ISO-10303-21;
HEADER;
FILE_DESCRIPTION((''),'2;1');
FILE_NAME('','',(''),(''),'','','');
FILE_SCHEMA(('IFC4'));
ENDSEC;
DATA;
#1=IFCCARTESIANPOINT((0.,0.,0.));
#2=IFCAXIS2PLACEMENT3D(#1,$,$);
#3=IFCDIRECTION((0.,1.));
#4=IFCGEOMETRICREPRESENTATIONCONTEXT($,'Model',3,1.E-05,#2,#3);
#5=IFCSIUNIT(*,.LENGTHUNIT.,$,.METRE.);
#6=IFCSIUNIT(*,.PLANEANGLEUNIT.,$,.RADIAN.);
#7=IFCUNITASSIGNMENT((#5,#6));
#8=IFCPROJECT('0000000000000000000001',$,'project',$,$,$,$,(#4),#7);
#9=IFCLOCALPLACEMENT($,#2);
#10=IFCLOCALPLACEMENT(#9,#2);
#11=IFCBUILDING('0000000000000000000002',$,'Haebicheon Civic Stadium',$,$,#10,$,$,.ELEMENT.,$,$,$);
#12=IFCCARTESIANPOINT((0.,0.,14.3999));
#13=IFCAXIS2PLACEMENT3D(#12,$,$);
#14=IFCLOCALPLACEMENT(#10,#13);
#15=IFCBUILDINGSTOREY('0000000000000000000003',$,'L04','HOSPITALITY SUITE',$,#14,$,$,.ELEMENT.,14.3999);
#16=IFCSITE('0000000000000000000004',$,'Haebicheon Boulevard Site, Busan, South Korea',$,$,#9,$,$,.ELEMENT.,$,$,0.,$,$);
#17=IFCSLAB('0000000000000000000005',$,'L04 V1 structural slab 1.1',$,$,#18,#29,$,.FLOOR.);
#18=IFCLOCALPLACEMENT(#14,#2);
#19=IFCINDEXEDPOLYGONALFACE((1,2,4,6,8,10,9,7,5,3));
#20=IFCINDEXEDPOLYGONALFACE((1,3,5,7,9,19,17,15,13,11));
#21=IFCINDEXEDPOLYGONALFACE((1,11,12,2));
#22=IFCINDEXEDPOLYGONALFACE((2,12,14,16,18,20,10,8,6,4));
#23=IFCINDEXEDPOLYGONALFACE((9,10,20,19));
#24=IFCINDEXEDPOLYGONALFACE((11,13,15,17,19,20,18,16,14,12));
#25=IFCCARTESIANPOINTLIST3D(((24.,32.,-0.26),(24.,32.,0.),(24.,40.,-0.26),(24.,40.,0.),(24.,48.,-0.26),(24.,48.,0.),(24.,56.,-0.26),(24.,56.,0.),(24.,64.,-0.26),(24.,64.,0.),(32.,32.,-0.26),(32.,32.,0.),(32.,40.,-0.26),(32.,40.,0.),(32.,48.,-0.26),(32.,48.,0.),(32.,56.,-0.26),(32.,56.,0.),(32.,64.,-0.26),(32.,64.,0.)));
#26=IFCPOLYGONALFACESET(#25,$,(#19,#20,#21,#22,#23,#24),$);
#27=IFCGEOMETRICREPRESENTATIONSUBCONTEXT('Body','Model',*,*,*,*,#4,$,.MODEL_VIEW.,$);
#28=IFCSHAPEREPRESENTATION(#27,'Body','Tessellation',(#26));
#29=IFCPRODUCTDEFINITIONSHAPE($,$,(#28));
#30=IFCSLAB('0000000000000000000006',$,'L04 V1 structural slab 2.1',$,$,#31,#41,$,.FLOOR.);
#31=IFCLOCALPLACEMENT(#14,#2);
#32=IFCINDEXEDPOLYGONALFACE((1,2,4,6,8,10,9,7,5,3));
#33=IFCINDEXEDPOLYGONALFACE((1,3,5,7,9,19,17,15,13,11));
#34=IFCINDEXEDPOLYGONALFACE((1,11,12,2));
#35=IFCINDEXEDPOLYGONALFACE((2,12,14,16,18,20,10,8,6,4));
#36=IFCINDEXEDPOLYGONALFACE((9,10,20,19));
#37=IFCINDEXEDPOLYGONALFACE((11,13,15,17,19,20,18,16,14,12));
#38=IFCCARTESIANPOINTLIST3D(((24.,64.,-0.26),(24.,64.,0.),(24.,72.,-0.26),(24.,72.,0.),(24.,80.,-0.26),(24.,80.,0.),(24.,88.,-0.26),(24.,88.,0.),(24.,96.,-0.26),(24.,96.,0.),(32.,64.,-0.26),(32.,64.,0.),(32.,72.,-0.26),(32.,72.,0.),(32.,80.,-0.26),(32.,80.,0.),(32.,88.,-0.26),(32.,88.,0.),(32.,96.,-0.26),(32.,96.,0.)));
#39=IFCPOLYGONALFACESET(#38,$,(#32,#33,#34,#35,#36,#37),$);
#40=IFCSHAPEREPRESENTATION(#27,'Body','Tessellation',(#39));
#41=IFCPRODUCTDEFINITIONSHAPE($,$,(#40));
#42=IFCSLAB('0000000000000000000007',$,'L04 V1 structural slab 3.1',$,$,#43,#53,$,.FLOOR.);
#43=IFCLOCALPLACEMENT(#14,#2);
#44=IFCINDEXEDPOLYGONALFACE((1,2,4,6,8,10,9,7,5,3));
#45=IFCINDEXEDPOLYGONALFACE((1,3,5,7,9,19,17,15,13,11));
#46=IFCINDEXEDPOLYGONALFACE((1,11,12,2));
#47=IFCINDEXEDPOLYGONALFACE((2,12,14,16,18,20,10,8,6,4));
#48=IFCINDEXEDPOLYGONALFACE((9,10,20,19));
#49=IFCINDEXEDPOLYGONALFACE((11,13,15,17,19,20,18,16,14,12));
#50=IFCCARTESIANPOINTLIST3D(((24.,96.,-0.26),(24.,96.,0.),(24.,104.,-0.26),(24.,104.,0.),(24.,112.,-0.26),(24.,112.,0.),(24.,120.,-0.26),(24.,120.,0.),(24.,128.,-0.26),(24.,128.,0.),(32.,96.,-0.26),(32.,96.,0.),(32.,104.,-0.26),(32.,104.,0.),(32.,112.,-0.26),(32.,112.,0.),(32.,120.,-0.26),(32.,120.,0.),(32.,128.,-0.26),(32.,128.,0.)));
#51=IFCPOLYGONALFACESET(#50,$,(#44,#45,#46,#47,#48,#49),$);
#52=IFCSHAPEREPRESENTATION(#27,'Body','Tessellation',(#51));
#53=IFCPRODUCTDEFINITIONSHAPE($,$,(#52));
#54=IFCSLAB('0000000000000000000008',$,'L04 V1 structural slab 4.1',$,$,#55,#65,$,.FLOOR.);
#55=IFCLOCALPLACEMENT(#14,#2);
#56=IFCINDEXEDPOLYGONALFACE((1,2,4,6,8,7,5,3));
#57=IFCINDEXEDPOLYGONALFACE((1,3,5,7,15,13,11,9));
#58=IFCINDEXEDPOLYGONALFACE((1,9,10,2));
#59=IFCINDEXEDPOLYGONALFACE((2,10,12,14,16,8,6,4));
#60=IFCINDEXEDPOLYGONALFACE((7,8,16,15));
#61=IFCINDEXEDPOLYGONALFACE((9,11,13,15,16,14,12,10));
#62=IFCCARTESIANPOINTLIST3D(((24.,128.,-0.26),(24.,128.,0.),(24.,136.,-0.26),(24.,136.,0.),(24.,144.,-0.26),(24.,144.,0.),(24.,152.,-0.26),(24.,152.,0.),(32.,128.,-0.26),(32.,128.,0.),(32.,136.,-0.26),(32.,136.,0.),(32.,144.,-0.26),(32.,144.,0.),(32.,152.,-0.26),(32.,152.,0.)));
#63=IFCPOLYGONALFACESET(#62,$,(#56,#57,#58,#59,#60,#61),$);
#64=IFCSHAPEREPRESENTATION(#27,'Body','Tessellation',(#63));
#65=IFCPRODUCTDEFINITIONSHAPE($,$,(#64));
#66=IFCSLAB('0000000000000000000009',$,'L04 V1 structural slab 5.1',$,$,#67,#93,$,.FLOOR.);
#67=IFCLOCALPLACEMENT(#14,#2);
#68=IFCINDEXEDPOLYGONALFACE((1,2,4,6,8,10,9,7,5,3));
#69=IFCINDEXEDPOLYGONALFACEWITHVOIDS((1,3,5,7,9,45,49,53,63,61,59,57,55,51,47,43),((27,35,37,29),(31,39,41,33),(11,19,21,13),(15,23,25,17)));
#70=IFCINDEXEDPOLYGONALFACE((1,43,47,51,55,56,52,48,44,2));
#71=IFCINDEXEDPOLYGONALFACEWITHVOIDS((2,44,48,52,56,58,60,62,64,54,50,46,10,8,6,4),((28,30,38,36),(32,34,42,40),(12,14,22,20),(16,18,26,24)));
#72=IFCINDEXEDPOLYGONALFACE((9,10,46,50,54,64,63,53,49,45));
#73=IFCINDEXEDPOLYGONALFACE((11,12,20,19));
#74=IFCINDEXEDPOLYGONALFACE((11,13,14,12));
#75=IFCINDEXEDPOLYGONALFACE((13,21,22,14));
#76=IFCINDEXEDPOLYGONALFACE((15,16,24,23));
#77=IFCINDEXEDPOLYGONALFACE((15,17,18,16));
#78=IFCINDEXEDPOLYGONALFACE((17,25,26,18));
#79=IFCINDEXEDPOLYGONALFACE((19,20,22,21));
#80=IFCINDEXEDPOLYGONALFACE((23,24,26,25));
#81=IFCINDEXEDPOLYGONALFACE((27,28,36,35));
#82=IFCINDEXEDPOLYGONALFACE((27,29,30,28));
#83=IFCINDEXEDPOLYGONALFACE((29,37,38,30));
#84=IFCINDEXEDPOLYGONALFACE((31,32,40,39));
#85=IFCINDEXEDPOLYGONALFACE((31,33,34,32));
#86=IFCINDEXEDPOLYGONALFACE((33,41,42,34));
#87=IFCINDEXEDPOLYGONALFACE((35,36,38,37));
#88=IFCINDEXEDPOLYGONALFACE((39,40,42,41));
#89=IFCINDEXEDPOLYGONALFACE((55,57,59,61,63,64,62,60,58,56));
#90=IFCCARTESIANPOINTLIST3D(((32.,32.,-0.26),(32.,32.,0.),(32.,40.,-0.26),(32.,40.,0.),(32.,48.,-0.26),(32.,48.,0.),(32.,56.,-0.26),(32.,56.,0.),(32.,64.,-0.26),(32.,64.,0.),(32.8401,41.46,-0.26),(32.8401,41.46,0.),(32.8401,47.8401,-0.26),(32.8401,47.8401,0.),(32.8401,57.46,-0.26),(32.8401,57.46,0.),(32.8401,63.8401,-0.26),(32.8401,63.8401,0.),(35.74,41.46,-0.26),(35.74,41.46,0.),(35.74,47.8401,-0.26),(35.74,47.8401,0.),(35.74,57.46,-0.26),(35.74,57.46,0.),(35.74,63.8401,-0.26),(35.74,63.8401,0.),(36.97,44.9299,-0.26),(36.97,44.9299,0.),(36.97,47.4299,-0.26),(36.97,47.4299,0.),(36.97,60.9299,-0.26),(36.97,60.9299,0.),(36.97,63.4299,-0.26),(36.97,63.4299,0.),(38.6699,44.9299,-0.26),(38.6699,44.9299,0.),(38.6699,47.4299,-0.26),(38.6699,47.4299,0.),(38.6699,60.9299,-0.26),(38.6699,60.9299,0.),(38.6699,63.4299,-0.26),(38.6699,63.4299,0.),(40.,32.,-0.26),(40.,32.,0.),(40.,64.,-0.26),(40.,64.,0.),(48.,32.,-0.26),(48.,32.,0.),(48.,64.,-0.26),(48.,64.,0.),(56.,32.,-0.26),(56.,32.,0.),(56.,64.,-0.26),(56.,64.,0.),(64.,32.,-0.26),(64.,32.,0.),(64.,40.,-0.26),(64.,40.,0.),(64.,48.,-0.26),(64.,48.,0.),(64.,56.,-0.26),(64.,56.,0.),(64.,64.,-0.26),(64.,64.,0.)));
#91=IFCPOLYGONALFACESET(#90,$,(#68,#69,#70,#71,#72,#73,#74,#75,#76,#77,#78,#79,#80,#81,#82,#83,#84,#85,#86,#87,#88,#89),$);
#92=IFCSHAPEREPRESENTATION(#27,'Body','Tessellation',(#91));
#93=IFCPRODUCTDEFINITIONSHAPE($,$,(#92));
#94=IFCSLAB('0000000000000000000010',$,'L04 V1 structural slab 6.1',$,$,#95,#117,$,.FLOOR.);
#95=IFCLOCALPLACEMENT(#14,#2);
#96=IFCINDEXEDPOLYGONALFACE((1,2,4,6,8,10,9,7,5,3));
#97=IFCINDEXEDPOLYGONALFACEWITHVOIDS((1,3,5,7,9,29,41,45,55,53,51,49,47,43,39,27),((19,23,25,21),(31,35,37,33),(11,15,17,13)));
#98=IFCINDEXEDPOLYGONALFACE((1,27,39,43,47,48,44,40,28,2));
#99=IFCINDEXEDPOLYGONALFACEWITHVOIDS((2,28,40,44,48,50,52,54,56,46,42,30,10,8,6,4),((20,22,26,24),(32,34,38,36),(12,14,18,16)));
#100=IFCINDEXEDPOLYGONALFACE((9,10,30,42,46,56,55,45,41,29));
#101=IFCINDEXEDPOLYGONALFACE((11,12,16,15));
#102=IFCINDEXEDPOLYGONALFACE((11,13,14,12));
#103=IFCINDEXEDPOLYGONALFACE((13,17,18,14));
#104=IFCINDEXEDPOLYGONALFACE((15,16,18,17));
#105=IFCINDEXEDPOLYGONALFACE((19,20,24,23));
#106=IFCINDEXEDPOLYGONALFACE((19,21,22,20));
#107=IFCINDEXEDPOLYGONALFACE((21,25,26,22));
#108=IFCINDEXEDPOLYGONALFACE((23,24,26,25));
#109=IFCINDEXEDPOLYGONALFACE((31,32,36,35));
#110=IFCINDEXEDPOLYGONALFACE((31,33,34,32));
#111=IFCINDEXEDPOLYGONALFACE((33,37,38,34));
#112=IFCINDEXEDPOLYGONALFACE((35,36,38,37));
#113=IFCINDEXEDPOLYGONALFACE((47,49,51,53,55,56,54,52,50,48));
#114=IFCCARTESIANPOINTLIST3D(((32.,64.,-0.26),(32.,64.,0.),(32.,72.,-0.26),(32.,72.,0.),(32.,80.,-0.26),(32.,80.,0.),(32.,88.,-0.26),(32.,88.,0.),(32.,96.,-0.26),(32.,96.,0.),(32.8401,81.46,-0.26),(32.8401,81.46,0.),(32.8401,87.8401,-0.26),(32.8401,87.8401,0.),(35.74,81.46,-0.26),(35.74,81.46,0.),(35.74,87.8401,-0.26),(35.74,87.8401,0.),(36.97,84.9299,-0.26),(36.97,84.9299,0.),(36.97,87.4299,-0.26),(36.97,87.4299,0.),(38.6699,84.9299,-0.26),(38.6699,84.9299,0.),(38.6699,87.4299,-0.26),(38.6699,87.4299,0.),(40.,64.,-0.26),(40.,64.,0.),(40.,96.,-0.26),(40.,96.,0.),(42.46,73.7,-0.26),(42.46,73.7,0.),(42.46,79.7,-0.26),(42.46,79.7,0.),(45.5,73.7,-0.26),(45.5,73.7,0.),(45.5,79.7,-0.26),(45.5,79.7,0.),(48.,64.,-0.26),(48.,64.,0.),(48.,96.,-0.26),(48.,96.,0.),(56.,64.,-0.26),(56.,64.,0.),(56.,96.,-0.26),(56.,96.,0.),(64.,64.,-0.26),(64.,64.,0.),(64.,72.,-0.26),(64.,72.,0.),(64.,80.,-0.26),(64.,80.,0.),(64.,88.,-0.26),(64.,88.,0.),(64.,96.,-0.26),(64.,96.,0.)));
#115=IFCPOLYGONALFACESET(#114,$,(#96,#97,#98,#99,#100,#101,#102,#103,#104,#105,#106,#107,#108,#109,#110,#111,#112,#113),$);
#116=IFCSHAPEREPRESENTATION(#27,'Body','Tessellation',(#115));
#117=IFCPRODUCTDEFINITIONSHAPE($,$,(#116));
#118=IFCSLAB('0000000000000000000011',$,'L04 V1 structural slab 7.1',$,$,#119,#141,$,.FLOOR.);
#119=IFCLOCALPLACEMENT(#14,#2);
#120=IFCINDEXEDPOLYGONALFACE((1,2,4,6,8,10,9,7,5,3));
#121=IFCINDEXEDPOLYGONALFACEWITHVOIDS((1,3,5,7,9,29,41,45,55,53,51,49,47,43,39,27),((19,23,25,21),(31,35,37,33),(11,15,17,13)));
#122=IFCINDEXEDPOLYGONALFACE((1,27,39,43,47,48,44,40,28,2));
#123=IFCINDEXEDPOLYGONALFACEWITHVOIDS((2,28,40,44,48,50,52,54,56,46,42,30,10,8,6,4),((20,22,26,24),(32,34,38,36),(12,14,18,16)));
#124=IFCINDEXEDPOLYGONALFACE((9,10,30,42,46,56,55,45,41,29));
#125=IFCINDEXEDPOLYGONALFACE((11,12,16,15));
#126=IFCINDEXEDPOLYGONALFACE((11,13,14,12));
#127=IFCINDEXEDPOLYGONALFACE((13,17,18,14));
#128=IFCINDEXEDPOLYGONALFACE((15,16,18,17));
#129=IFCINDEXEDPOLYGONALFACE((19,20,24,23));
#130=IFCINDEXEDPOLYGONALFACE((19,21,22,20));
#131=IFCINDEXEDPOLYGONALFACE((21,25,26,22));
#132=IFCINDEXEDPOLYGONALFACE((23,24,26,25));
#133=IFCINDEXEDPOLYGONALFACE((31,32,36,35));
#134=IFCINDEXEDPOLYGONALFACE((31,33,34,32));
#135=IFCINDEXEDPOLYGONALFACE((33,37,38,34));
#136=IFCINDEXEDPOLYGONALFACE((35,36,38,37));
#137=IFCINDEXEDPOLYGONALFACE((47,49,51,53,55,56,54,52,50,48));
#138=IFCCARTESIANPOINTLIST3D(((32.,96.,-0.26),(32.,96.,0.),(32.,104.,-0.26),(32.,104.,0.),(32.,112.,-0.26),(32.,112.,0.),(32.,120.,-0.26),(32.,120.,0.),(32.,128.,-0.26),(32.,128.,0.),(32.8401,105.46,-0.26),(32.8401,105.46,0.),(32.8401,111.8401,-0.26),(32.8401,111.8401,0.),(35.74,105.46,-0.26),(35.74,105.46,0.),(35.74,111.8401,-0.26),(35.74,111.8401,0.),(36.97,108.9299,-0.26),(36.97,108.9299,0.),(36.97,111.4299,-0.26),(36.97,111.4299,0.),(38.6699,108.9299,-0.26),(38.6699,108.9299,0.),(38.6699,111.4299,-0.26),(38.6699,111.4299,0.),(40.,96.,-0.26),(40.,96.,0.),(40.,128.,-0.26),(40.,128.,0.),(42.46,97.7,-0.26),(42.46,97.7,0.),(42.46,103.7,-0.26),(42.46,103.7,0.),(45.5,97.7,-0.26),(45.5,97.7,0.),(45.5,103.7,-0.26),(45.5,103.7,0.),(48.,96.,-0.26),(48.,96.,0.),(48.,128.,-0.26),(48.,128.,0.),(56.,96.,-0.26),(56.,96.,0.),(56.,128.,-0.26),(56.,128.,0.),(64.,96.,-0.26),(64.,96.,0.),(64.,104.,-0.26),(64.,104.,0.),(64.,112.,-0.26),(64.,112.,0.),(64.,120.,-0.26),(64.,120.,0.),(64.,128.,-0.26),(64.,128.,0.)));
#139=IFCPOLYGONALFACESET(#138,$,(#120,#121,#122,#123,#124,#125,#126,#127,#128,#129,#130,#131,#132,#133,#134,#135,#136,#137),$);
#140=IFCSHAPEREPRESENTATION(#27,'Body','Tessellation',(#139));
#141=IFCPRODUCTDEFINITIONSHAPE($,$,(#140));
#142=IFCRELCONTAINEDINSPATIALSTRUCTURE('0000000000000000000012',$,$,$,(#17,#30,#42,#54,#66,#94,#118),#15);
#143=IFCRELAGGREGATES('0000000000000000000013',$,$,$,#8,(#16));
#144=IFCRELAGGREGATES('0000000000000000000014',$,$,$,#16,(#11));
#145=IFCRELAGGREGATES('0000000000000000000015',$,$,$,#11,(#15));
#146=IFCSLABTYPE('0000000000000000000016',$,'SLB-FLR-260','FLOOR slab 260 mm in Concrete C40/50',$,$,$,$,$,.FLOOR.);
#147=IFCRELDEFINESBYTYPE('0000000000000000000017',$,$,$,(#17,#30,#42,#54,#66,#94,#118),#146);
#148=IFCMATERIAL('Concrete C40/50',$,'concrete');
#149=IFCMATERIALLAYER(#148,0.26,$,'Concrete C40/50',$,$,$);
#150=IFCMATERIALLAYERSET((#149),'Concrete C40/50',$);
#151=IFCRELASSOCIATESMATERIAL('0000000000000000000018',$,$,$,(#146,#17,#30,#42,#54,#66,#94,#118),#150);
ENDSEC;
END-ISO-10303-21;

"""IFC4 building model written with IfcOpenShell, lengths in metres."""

from ifc_helpers import new_model, si_unit, direction, frame, origin, place, context, subcontext, project, spatial, polyline, outline, extrude, material, layer, layer_set, type_object, element, save


model = new_model("IFC4")

# Units and contexts
model_context = context("Model", 3, precision=1e-05, world=origin(), true_north=direction((0.0, 1.0)))
body_context = subcontext(model_context, "Body", "Model", "MODEL_VIEW")
ifc_project = project(units=[si_unit("LENGTHUNIT", "METRE"), si_unit("PLANEANGLEUNIT", "RADIAN")], contexts=[model_context])

# Site, building, storey
site_placement = place(None, origin())
site = spatial("IfcSite", under=ifc_project, at=site_placement, Name="Haebicheon Boulevard Site, Busan, South Korea", CompositionType="ELEMENT", RefElevation=0.0)
building_placement = place(site_placement, origin())
building = spatial("IfcBuilding", under=site, at=building_placement, Name="Haebicheon Civic Stadium", CompositionType="ELEMENT")
storey_placement = place(building_placement, frame((0.0, 0.0, 14.3999)))
storey = spatial("IfcBuildingStorey", under=building, at=storey_placement, Name="L04", Description="HOSPITALITY SUITE", CompositionType="ELEMENT", Elevation=14.3999)

# Slabs
ifc_material_1 = material(Name="Concrete C40/50", Category="concrete")
ifc_layer_1 = layer(ifc_material_1, 0.26, Name="Concrete C40/50")
ifc_layer_set_1 = layer_set([ifc_layer_1], Name="Concrete C40/50")
slab_type_1 = type_object("IfcSlabType", Name="SLB-FLR-260", Description="FLOOR slab 260 mm in Concrete C40/50", PredefinedType="FLOOR", material=ifc_layer_set_1)
slab_1_placement = place(storey_placement, frame((0.0, 0.0, -0.26)))
element("IfcSlab", 1, at=slab_1_placement, inside=storey, type_object=slab_type_1, material=ifc_layer_set_1, Name="L04 V1 structural slab 1.1", PredefinedType="FLOOR", context=body_context, shape_type="SweptSolid", body=[
    extrude(outline(polyline([(24.0, 32.0), (24.0, 40.0), (24.0, 48.0), (24.0, 56.0), (24.0, 64.0), (32.0, 64.0), (32.0, 56.0), (32.0, 48.0), (32.0, 40.0), (32.0, 32.0), (24.0, 32.0)])), origin(), (0.0, 0.0, 1.0), 0.26),
])
slab_2_placement = place(storey_placement, frame((0.0, 0.0, -0.26)))
element("IfcSlab", 2, at=slab_2_placement, inside=storey, type_object=slab_type_1, material=ifc_layer_set_1, Name="L04 V1 structural slab 2.1", PredefinedType="FLOOR", context=body_context, shape_type="SweptSolid", body=[
    extrude(outline(polyline([(24.0, 64.0), (24.0, 72.0), (24.0, 80.0), (24.0, 88.0), (24.0, 96.0), (32.0, 96.0), (32.0, 88.0), (32.0, 80.0), (32.0, 72.0), (32.0, 64.0), (24.0, 64.0)])), origin(), (0.0, 0.0, 1.0), 0.26),
])
slab_3_placement = place(storey_placement, frame((0.0, 0.0, -0.26)))
element("IfcSlab", 3, at=slab_3_placement, inside=storey, type_object=slab_type_1, material=ifc_layer_set_1, Name="L04 V1 structural slab 3.1", PredefinedType="FLOOR", context=body_context, shape_type="SweptSolid", body=[
    extrude(outline(polyline([(24.0, 96.0), (24.0, 104.0), (24.0, 112.0), (24.0, 120.0), (24.0, 128.0), (32.0, 128.0), (32.0, 120.0), (32.0, 112.0), (32.0, 104.0), (32.0, 96.0), (24.0, 96.0)])), origin(), (0.0, 0.0, 1.0), 0.26),
])
slab_4_placement = place(storey_placement, frame((0.0, 0.0, -0.26)))
element("IfcSlab", 4, at=slab_4_placement, inside=storey, type_object=slab_type_1, material=ifc_layer_set_1, Name="L04 V1 structural slab 4.1", PredefinedType="FLOOR", context=body_context, shape_type="SweptSolid", body=[
    extrude(outline(polyline([(32.0, 128.0), (24.0, 128.0), (24.0, 136.0), (24.0, 144.0), (24.0, 152.0), (32.0, 152.0), (32.0, 144.0), (32.0, 136.0), (32.0, 128.0)])), origin(), (0.0, 0.0, 1.0), 0.26),
])
slab_5_placement = place(storey_placement, frame((0.0, 0.0, -0.26)))
element("IfcSlab", 5, at=slab_5_placement, inside=storey, type_object=slab_type_1, material=ifc_layer_set_1, Name="L04 V1 structural slab 5.1", PredefinedType="FLOOR", context=body_context, shape_type="SweptSolid", body=[
    extrude(outline(polyline([(32.0, 56.0), (32.0, 64.0), (40.0, 64.0), (48.0, 64.0), (56.0, 64.0), (64.0, 64.0), (64.0, 56.0), (64.0, 48.0), (64.0, 40.0), (64.0, 32.0), (56.0, 32.0), (48.0, 32.0), (40.0, 32.0), (32.0, 32.0), (32.0, 40.0), (32.0, 48.0), (32.0, 56.0)]), holes=[polyline([(32.8401, 41.46), (35.74, 41.46), (35.74, 47.8401), (32.8401, 47.8401), (32.8401, 41.46)]), polyline([(36.97, 44.9299), (38.6699, 44.9299), (38.6699, 47.4299), (36.97, 47.4299), (36.97, 44.9299)]), polyline([(32.8401, 57.46), (35.74, 57.46), (35.74, 63.8401), (32.8401, 63.8401), (32.8401, 57.46)]), polyline([(36.97, 60.9299), (38.6699, 60.9299), (38.6699, 63.4299), (36.97, 63.4299), (36.97, 60.9299)])]), origin(), (0.0, 0.0, 1.0), 0.26),
])
slab_6_placement = place(storey_placement, frame((0.0, 0.0, -0.26)))
element("IfcSlab", 6, at=slab_6_placement, inside=storey, type_object=slab_type_1, material=ifc_layer_set_1, Name="L04 V1 structural slab 6.1", PredefinedType="FLOOR", context=body_context, shape_type="SweptSolid", body=[
    extrude(outline(polyline([(32.0, 88.0), (32.0, 96.0), (40.0, 96.0), (48.0, 96.0), (56.0, 96.0), (64.0, 96.0), (64.0, 88.0), (64.0, 80.0), (64.0, 72.0), (64.0, 64.0), (56.0, 64.0), (48.0, 64.0), (40.0, 64.0), (32.0, 64.0), (32.0, 72.0), (32.0, 80.0), (32.0, 88.0)]), holes=[polyline([(32.8401, 81.46), (35.74, 81.46), (35.74, 87.8401), (32.8401, 87.8401), (32.8401, 81.46)]), polyline([(36.97, 84.9299), (38.6699, 84.9299), (38.6699, 87.4299), (36.97, 87.4299), (36.97, 84.9299)]), polyline([(42.46, 73.7), (45.5, 73.7), (45.5, 79.7), (42.46, 79.7), (42.46, 73.7)])]), origin(), (0.0, 0.0, 1.0), 0.26),
])
slab_7_placement = place(storey_placement, frame((0.0, 0.0, -0.26)))
element("IfcSlab", 7, at=slab_7_placement, inside=storey, type_object=slab_type_1, material=ifc_layer_set_1, Name="L04 V1 structural slab 7.1", PredefinedType="FLOOR", context=body_context, shape_type="SweptSolid", body=[
    extrude(outline(polyline([(32.0, 120.0), (32.0, 128.0), (40.0, 128.0), (48.0, 128.0), (56.0, 128.0), (64.0, 128.0), (64.0, 120.0), (64.0, 112.0), (64.0, 104.0), (64.0, 96.0), (56.0, 96.0), (48.0, 96.0), (40.0, 96.0), (32.0, 96.0), (32.0, 104.0), (32.0, 112.0), (32.0, 120.0)]), holes=[polyline([(32.8401, 105.46), (35.74, 105.46), (35.74, 111.8401), (32.8401, 111.8401), (32.8401, 105.46)]), polyline([(36.97, 108.9299), (38.6699, 108.9299), (38.6699, 111.4299), (36.97, 111.4299), (36.97, 108.9299)]), polyline([(42.46, 97.7), (45.5, 97.7), (45.5, 103.7), (42.46, 103.7), (42.46, 97.7)])]), origin(), (0.0, 0.0, 1.0), 0.26),
])

save(model, "model.ifc")
